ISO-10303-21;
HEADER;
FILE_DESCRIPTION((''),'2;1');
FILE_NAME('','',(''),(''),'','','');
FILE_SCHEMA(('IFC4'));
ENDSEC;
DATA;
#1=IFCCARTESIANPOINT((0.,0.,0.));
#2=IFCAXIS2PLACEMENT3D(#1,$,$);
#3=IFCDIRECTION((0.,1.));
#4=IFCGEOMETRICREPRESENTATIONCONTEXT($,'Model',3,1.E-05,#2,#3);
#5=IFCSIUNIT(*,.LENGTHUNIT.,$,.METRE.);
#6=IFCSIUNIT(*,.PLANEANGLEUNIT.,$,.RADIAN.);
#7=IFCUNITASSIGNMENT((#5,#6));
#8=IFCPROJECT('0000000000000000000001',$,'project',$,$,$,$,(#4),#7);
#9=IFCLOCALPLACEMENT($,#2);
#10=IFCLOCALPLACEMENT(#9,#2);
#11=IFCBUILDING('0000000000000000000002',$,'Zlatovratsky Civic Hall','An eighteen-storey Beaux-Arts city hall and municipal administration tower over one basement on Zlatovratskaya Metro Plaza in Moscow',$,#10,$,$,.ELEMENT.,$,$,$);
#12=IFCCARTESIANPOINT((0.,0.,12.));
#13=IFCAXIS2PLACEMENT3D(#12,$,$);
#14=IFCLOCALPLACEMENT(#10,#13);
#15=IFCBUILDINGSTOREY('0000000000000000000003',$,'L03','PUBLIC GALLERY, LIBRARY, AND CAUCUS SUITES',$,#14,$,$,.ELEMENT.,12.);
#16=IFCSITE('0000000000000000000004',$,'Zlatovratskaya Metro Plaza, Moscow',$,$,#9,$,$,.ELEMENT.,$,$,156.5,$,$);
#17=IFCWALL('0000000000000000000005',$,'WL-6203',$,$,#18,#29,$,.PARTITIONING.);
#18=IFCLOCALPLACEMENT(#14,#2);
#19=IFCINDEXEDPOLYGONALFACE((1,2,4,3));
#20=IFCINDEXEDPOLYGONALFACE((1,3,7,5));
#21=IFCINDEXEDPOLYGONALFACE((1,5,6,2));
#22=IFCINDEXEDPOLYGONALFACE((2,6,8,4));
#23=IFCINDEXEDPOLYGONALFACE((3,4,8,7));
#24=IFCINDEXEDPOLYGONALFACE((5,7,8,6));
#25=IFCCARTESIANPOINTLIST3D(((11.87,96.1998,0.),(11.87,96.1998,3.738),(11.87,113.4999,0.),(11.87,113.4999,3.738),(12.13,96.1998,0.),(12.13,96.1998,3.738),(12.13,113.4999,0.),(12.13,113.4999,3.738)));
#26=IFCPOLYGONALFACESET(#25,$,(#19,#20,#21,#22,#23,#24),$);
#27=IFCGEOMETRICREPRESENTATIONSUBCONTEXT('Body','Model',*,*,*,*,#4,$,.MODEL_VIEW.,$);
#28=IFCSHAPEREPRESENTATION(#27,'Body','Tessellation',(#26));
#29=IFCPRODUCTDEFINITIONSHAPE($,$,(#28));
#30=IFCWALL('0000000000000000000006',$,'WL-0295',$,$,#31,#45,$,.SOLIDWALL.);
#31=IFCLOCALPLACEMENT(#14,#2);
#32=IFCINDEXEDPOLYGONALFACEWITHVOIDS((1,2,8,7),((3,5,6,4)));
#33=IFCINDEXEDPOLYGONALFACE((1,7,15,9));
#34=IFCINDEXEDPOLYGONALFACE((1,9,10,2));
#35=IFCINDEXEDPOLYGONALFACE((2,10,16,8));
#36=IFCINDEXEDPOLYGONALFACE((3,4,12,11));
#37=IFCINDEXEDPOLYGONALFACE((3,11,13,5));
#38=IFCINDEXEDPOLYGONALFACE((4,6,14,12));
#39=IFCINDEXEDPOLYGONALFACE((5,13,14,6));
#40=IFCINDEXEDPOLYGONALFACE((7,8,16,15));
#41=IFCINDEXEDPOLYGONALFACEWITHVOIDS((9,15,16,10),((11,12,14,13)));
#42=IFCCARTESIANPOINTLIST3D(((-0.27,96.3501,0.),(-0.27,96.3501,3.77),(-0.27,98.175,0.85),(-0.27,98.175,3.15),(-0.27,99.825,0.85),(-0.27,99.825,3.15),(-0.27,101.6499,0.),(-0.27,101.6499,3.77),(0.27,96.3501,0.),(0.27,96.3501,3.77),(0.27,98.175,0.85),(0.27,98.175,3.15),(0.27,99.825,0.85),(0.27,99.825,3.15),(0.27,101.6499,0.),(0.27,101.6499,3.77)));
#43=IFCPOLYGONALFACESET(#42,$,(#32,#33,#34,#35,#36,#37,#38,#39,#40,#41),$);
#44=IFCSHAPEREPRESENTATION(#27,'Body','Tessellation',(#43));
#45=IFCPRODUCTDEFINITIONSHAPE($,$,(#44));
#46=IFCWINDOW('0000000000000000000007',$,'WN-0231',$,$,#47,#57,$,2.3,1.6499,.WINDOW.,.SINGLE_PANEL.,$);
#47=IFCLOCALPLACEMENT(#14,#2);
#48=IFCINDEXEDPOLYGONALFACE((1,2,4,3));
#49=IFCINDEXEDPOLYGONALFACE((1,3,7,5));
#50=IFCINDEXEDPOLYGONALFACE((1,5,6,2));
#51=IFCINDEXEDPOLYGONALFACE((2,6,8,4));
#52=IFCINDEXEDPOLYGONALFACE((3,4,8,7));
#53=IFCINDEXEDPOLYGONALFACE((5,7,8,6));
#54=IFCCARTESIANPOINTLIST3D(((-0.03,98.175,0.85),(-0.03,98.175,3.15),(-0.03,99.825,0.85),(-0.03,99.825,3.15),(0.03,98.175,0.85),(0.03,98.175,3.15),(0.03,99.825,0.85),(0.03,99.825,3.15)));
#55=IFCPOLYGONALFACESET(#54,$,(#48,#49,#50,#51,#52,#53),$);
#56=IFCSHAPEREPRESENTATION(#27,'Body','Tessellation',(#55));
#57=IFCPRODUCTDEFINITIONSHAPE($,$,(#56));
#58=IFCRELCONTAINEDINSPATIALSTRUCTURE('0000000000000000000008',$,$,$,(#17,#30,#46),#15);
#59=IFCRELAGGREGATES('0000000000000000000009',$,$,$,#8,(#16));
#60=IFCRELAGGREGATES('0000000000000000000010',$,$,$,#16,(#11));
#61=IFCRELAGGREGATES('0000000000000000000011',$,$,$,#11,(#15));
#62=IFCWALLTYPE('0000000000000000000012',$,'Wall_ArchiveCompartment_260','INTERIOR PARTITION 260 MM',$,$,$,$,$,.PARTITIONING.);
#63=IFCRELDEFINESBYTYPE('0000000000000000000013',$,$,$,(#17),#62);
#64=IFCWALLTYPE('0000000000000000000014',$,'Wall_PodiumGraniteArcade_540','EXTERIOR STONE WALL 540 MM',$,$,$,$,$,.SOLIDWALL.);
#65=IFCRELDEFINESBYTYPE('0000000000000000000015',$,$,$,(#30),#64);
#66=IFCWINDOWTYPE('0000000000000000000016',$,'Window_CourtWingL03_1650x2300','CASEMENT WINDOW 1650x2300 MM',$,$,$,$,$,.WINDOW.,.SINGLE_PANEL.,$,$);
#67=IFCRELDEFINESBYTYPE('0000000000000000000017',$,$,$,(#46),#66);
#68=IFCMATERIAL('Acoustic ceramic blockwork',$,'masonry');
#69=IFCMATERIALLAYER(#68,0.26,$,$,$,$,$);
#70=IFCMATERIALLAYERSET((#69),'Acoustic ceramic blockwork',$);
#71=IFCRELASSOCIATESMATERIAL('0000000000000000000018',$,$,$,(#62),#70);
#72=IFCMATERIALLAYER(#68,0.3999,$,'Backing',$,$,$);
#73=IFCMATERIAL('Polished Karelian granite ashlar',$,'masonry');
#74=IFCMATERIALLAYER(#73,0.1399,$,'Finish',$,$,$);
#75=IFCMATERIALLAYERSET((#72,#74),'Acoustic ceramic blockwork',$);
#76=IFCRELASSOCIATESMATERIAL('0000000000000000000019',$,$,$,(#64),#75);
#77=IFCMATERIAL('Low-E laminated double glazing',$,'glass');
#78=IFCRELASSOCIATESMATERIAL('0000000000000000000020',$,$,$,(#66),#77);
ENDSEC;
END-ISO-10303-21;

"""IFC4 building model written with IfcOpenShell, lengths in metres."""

from ifc_helpers import new_model, si_unit, direction, frame, frame_2d, origin, place, context, subcontext, project, spatial, rectangle, extrude, material, layer, layer_set, type_object, element, fill, save


model = new_model("IFC4")

# Units and contexts
model_context = context("Model", 3, precision=1e-05, world=origin(), true_north=direction((0.0, 1.0)))
body_context = subcontext(model_context, "Body", "Model", "MODEL_VIEW")
ifc_project = project(units=[si_unit("LENGTHUNIT", "METRE"), si_unit("PLANEANGLEUNIT", "RADIAN")], contexts=[model_context])

# Site, building, storey
site_placement = place(None, origin())
site = spatial("IfcSite", under=ifc_project, at=site_placement, Name="Zlatovratskaya Metro Plaza, Moscow", CompositionType="ELEMENT", RefElevation=156.5)
building_placement = place(site_placement, origin())
building = spatial("IfcBuilding", under=site, at=building_placement, Name="Zlatovratsky Civic Hall", Description="An eighteen-storey Beaux-Arts city hall and municipal administration tower over one basement on Zlatovratskaya Metro Plaza in Moscow", CompositionType="ELEMENT")
storey_placement = place(building_placement, frame((0.0, 0.0, 12.0)))
storey = spatial("IfcBuildingStorey", under=building, at=storey_placement, Name="L03", Description="PUBLIC GALLERY, LIBRARY, AND CAUCUS SUITES", CompositionType="ELEMENT", Elevation=12.0)

# Wall
ifc_material_1 = material(Name="Acoustic ceramic blockwork", Category="masonry")
ifc_layer_1 = layer(ifc_material_1, 0.26)
ifc_layer_set_1 = layer_set([ifc_layer_1], Name="Acoustic ceramic blockwork")
wall_type_1 = type_object("IfcWallType", Name="Wall_ArchiveCompartment_260", Description="INTERIOR PARTITION 260 MM", PredefinedType="PARTITIONING", material=ifc_layer_set_1)
wall_1_placement = place(storey_placement, frame((12.0, 96.2, 0.0), z_axis=(0.0, 0.0, 1.0), x_axis=(0.0, 1.0, 0.0)))
element("IfcWall", 1, at=wall_1_placement, inside=storey, type_object=wall_type_1, Name="WL-6203", PredefinedType="PARTITIONING", context=body_context, shape_type="SweptSolid", body=[
    extrude(rectangle(XDim=17.3, YDim=0.26, at=frame_2d((8.6499, 0.0))), origin(), (0.0, 0.0, 1.0), 3.738),
])

# Wall, opening, window
ifc_layer_2 = layer(ifc_material_1, 0.3999, Name="Backing")
ifc_material_2 = material(Name="Polished Karelian granite ashlar", Category="masonry")
ifc_layer_3 = layer(ifc_material_2, 0.1399, Name="Finish")
ifc_layer_set_2 = layer_set([ifc_layer_2, ifc_layer_3], Name="Acoustic ceramic blockwork")
wall_type_2 = type_object("IfcWallType", Name="Wall_PodiumGraniteArcade_540", Description="EXTERIOR STONE WALL 540 MM", PredefinedType="SOLIDWALL", material=ifc_layer_set_2)
wall_2_placement = place(storey_placement, frame((0.0, 96.3501, 0.0), z_axis=(0.0, 0.0, 1.0), x_axis=(0.0, 1.0, 0.0)))
wall_2 = element("IfcWall", 2, at=wall_2_placement, inside=storey, type_object=wall_type_2, Name="WL-0295", PredefinedType="SOLIDWALL", context=body_context, shape_type="SweptSolid", body=[
    extrude(rectangle(XDim=5.2998, YDim=0.54, at=frame_2d((2.6499, 0.0))), origin(), (0.0, 0.0, 1.0), 3.77),
])
opening_placement = place(wall_2_placement, frame((1.825, 0.0, 0.8501)))
opening = element("IfcOpeningElement", 3, at=opening_placement, cuts=wall_2, PredefinedType="OPENING", context=body_context, shape_type="SweptSolid", body=[
    extrude(rectangle(XDim=1.6499, YDim=2.3, at=frame_2d((0.825, 1.1499))), frame((0.0, 0.2849, 0.0), z_axis=(0.0, -1.0, 0.0), x_axis=(1.0, 0.0, 0.0)), (0.0, 0.0, 1.0), 0.5698),
])
ifc_material_3 = material(Name="Low-E laminated double glazing", Category="glass")
window_type = type_object("IfcWindowType", Name="Window_CourtWingL03_1650x2300", Description="CASEMENT WINDOW 1650x2300 MM", PartitioningType="SINGLE_PANEL", PredefinedType="WINDOW", material=ifc_material_3)
window_placement = place(opening_placement, origin())
window = element("IfcWindow", 4, at=window_placement, inside=storey, type_object=window_type, Name="WN-0231", OverallHeight=2.3, OverallWidth=1.6499, PartitioningType="SINGLE_PANEL", PredefinedType="WINDOW", context=body_context, shape_type="SweptSolid", body=[
    extrude(rectangle(XDim=1.6499, YDim=2.3, at=frame_2d((0.825, 1.1499))), frame((0.0, 0.03, 0.0), z_axis=(0.0, -1.0, 0.0), x_axis=(1.0, 0.0, 0.0)), (0.0, 0.0, 1.0), 0.0601),
])
fill(opening, window)

save(model, "model.ifc")
